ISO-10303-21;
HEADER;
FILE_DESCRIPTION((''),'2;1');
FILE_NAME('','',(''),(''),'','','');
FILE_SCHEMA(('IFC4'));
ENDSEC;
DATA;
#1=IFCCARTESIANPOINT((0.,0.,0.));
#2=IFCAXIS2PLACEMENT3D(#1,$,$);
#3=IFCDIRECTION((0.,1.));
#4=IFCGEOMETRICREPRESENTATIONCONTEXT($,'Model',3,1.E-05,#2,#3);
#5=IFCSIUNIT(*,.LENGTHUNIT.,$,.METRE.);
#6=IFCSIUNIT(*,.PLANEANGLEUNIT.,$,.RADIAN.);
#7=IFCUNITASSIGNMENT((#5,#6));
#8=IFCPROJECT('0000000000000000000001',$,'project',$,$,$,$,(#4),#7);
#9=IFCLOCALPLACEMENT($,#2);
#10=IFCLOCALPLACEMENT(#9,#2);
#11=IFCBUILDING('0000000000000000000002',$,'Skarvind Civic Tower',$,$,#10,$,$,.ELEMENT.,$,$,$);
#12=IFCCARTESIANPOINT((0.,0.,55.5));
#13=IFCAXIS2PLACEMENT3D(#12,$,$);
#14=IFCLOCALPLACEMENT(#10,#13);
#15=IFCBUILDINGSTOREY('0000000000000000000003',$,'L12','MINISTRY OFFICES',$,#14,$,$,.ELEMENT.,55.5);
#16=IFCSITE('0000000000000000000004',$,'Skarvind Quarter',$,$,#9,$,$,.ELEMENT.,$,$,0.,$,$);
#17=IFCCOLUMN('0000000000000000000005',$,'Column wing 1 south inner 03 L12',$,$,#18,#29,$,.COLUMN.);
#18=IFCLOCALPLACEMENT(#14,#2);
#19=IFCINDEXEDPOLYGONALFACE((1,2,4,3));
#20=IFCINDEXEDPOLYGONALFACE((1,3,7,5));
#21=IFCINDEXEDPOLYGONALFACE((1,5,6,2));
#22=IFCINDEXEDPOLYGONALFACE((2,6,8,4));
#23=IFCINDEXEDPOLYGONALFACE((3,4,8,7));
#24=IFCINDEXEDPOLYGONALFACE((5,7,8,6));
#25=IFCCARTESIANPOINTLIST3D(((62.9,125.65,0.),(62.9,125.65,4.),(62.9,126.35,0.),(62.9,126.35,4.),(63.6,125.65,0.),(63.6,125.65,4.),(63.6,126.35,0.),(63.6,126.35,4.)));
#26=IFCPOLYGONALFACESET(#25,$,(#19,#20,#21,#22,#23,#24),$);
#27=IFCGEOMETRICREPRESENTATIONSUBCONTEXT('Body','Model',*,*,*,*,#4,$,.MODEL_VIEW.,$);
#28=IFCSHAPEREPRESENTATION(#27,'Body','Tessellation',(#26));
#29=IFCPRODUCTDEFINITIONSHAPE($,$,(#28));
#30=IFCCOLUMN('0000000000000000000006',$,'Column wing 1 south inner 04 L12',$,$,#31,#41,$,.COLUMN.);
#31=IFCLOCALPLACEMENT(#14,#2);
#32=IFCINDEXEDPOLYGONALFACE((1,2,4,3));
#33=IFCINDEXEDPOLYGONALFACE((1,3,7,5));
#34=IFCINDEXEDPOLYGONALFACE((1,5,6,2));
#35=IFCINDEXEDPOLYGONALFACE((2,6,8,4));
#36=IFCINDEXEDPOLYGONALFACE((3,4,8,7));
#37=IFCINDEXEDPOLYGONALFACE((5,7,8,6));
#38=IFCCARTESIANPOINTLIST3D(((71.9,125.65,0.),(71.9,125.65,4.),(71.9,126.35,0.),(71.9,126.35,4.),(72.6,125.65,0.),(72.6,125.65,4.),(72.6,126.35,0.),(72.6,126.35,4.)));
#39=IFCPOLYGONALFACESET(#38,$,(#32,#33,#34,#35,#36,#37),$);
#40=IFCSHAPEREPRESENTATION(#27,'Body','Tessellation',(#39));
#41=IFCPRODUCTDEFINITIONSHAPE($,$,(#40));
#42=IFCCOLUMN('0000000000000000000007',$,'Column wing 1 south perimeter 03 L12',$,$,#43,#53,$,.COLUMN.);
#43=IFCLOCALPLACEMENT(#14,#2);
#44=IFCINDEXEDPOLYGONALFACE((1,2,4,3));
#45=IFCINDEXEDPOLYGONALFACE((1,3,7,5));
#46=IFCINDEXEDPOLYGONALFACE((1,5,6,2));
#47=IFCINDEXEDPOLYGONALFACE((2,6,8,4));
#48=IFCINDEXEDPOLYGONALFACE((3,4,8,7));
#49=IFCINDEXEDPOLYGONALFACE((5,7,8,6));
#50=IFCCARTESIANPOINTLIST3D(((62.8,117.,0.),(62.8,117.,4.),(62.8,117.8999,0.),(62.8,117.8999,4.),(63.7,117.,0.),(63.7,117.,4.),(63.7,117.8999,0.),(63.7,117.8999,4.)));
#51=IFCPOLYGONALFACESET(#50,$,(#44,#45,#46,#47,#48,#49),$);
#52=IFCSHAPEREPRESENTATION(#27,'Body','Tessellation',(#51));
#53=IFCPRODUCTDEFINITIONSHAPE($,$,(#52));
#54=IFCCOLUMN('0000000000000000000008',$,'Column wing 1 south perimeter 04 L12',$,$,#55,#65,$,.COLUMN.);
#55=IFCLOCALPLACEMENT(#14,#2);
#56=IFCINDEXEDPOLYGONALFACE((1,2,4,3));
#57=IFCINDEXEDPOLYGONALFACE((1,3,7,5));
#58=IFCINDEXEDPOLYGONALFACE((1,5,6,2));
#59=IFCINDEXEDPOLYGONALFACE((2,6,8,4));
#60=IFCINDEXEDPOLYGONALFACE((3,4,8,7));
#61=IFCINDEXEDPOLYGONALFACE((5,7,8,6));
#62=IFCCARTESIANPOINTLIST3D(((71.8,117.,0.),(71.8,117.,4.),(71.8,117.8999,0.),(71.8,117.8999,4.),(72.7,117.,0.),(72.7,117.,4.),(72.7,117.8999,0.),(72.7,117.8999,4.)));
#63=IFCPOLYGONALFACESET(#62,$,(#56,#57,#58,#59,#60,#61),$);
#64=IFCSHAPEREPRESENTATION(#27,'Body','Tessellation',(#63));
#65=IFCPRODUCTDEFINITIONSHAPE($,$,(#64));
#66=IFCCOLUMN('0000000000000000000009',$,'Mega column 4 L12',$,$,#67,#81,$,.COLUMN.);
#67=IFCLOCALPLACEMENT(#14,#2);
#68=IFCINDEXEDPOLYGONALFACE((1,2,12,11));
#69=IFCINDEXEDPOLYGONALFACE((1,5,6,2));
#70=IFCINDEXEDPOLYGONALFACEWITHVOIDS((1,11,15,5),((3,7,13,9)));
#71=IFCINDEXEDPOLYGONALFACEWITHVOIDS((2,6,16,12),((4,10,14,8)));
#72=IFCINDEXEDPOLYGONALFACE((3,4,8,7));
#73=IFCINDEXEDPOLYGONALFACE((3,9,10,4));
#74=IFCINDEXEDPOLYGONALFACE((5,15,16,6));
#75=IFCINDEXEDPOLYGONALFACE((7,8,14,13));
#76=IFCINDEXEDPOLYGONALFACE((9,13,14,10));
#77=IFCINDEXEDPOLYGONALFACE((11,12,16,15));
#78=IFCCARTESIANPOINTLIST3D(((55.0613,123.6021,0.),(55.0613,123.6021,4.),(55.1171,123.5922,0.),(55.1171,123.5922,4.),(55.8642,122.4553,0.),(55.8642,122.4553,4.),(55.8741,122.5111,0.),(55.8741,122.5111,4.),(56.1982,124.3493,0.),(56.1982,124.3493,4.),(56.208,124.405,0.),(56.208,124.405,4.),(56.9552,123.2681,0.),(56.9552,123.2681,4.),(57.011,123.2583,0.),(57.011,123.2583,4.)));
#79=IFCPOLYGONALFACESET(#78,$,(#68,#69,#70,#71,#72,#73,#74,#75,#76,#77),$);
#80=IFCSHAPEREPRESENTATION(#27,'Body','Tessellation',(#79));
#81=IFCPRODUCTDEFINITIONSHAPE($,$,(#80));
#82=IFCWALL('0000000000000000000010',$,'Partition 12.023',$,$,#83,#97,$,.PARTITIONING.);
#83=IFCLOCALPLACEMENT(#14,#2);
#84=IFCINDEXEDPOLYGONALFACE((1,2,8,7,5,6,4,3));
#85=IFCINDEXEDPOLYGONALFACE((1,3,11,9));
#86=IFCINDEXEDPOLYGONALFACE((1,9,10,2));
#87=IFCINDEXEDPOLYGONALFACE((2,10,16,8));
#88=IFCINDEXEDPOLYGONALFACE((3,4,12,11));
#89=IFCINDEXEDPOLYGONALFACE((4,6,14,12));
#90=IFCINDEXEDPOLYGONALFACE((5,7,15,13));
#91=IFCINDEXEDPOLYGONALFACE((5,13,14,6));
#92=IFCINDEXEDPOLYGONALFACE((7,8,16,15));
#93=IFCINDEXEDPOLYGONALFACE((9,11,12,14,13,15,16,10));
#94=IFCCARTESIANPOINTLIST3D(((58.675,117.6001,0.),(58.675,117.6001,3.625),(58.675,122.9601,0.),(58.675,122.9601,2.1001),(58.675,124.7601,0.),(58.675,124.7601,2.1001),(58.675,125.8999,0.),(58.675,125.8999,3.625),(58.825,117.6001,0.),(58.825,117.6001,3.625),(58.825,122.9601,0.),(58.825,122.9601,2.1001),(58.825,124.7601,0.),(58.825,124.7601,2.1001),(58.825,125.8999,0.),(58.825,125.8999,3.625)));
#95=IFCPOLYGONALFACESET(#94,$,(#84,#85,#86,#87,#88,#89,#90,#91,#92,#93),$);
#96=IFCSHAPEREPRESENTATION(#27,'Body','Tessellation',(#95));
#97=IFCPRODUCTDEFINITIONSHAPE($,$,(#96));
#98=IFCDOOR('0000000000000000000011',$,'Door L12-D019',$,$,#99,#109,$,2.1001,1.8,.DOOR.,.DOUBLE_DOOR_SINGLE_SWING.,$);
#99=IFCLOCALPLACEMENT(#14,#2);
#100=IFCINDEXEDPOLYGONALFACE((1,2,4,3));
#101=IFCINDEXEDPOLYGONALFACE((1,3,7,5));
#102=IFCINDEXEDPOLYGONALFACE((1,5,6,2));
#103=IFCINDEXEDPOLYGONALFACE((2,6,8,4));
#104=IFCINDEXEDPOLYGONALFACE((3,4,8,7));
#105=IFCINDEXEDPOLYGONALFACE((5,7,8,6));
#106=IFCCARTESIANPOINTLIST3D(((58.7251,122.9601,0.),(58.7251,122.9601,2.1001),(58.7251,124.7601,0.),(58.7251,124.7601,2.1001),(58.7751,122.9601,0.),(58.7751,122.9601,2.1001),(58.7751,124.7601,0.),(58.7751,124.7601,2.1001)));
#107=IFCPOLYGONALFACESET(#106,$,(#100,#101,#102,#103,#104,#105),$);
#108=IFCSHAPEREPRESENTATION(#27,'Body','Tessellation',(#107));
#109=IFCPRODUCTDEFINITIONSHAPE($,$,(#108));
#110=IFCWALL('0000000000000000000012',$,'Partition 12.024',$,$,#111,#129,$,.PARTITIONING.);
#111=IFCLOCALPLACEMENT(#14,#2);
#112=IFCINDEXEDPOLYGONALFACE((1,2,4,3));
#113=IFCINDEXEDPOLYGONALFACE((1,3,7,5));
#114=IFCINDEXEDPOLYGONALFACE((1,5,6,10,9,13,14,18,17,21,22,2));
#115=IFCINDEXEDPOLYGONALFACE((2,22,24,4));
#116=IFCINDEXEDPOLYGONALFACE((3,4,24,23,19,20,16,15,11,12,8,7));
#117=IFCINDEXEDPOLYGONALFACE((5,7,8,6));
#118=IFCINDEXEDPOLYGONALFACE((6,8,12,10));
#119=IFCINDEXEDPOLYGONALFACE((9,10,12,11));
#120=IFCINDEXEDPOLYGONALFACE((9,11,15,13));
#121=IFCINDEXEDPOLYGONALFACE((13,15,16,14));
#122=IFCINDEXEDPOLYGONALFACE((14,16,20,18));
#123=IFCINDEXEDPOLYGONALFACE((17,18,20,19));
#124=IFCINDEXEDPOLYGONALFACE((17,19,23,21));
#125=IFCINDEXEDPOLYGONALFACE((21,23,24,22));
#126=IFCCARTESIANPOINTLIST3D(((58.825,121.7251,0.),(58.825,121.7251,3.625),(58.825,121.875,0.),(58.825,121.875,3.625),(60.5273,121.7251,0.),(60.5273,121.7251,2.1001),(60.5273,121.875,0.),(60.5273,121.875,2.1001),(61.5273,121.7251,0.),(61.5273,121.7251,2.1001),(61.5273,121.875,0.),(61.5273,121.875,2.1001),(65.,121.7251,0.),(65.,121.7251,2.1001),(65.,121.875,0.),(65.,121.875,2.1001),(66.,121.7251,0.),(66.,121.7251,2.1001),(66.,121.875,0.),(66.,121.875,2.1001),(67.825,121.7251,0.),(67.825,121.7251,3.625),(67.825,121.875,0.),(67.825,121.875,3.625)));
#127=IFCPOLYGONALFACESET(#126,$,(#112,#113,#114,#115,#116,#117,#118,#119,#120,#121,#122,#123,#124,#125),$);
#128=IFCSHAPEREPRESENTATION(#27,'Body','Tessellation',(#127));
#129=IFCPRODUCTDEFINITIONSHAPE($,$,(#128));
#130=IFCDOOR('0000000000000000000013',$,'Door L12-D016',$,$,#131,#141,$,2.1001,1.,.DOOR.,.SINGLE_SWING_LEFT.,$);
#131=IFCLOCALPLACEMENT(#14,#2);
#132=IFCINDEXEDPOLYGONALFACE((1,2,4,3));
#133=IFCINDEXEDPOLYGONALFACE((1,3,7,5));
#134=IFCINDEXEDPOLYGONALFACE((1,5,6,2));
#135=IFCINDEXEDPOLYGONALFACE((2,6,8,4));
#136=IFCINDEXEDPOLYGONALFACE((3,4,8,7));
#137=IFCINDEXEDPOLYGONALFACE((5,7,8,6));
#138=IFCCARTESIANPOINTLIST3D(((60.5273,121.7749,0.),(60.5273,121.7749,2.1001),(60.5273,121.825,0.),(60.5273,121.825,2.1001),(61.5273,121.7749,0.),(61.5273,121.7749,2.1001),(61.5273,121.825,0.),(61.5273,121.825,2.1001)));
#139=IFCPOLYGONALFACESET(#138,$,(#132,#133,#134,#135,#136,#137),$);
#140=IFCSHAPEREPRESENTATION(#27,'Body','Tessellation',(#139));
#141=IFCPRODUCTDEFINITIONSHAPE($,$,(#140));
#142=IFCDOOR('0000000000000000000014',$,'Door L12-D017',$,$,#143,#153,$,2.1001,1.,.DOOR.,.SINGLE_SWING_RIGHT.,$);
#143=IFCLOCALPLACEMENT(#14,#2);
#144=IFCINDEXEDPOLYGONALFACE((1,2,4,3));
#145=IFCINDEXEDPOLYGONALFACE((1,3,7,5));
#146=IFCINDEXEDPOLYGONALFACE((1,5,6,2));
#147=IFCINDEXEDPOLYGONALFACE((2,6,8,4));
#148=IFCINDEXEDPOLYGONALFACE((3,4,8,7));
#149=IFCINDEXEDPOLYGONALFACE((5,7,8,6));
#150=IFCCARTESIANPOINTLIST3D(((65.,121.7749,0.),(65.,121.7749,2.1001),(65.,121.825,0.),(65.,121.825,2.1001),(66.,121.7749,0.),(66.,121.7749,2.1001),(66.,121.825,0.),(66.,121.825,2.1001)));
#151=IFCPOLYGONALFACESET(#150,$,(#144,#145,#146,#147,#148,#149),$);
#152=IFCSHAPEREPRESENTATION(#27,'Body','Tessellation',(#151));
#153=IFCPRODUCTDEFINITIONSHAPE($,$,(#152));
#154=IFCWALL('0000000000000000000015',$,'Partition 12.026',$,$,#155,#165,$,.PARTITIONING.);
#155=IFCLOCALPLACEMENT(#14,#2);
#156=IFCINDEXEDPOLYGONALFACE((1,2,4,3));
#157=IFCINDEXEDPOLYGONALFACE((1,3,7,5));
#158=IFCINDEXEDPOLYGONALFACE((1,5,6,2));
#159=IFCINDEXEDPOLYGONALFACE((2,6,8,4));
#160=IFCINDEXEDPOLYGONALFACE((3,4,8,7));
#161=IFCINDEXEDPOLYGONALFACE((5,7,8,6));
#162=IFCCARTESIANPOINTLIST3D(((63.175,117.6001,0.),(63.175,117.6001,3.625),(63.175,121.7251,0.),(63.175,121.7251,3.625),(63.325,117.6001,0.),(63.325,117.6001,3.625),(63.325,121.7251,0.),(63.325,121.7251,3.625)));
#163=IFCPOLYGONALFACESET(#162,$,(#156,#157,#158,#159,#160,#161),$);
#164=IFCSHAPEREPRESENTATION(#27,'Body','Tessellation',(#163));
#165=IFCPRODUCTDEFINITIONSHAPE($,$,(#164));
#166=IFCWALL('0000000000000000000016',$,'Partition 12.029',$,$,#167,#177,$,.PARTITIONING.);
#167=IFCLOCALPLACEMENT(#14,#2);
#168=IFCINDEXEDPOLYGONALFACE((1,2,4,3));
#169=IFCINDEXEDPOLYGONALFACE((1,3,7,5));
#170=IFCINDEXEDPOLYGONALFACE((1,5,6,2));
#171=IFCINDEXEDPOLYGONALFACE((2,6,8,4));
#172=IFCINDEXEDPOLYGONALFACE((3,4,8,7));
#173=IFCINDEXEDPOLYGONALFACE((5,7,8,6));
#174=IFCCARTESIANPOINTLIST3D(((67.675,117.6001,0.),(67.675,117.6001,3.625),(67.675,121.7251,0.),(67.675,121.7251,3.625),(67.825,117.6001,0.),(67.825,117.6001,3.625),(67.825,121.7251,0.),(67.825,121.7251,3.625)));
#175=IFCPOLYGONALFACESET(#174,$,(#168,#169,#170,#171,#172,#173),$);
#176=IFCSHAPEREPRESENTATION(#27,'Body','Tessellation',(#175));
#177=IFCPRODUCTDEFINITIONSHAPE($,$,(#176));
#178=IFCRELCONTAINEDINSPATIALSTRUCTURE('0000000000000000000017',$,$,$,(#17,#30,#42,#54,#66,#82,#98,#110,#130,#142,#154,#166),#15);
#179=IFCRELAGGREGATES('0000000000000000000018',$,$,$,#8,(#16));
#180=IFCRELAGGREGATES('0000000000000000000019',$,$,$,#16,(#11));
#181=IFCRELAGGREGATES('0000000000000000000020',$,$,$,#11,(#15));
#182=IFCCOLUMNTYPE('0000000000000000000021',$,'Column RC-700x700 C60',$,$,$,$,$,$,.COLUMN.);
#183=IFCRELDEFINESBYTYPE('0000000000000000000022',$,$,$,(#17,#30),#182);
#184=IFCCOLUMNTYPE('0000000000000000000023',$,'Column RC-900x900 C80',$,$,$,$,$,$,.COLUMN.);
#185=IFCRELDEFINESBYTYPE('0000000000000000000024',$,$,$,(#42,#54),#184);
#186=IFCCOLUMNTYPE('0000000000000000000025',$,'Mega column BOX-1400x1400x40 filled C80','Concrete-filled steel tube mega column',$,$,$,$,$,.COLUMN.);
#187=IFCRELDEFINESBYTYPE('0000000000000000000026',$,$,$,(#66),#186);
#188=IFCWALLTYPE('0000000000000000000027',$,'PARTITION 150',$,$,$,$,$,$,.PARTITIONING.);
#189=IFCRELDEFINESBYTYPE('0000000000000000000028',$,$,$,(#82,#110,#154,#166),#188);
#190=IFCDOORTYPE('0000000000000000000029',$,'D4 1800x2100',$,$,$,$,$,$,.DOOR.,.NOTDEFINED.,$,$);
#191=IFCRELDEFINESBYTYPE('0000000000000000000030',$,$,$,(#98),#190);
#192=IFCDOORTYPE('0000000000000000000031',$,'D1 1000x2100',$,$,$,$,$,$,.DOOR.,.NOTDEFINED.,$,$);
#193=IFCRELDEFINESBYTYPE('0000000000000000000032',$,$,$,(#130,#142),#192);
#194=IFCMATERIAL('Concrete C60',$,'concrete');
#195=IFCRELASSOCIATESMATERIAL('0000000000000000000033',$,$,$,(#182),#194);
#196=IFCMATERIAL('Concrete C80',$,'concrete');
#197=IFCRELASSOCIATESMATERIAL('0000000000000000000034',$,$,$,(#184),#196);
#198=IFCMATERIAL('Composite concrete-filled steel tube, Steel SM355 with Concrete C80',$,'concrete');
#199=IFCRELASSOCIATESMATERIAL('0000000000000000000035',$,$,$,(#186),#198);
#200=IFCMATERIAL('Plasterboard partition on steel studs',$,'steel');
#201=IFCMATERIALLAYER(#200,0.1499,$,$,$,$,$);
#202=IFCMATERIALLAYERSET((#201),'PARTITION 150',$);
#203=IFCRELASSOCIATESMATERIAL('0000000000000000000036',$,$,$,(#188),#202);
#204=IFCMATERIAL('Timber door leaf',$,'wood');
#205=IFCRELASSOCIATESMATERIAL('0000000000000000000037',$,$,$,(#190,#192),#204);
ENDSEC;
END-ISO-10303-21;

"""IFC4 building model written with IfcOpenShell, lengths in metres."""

from ifc_helpers import new_model, si_unit, direction, frame, frame_2d, origin, origin_2d, place, context, subcontext, project, spatial, rectangle, hollow_rectangle, extrude, material, layer, layer_set, material_profile, profile_set, type_object, element, fill, save


model = new_model("IFC4")

# Units and contexts
model_context = context("Model", 3, precision=1e-05, world=origin(), true_north=direction((0.0, 1.0)))
body_context = subcontext(model_context, "Body", "Model", "MODEL_VIEW")
ifc_project = project(units=[si_unit("LENGTHUNIT", "METRE"), si_unit("PLANEANGLEUNIT", "RADIAN")], contexts=[model_context])

# Site, building, storey
site_placement = place(None, origin())
site = spatial("IfcSite", under=ifc_project, at=site_placement, Name="Skarvind Quarter", CompositionType="ELEMENT", RefElevation=0.0)
building_placement = place(site_placement, origin())
building = spatial("IfcBuilding", under=site, at=building_placement, Name="Skarvind Civic Tower", CompositionType="ELEMENT")
storey_placement = place(building_placement, frame((0.0, 0.0, 55.5)))
storey = spatial("IfcBuildingStorey", under=building, at=storey_placement, Name="L12", Description="MINISTRY OFFICES", CompositionType="ELEMENT", Elevation=55.5)

# Columns
ifc_material_1 = material(Name="Concrete C60", Category="concrete")
ifc_material_profile_1 = material_profile(ifc_material_1, rectangle(XDim=0.7, YDim=0.7, at=origin_2d()), Name="RC-700x700")
ifc_profile_set_1 = profile_set([ifc_material_profile_1], Name="Concrete C60")
column_type_1 = type_object("IfcColumnType", Name="Column RC-700x700 C60", PredefinedType="COLUMN", material=ifc_profile_set_1)
for number, where, z_axis, x_axis, name in (
    (1, (63.25, 126.0, 0.0), (0.0, 0.0, 1.0), (1.0, 0.0, 0.0), "Column wing 1 south inner 03 L12"),
    (2, (72.25, 126.0, 0.0), (0.0, 0.0, 1.0), (1.0, 0.0, 0.0), "Column wing 1 south inner 04 L12"),
):
    element("IfcColumn", number, at=place(storey_placement, frame(where, z_axis=z_axis, x_axis=x_axis)), inside=storey, type_object=column_type_1, Name=name, PredefinedType="COLUMN", context=body_context, shape_type="SweptSolid", body=[
        extrude(rectangle(XDim=0.7, YDim=0.7, at=origin_2d()), origin(), (0.0, 0.0, 1.0), 4.0),
    ])
ifc_material_2 = material(Name="Concrete C80", Category="concrete")
ifc_material_profile_2 = material_profile(ifc_material_2, rectangle(XDim=0.8999, YDim=0.8999, at=origin_2d()), Name="RC-900x900")
ifc_profile_set_2 = profile_set([ifc_material_profile_2], Name="Concrete C80")
column_type_2 = type_object("IfcColumnType", Name="Column RC-900x900 C80", PredefinedType="COLUMN", material=ifc_profile_set_2)
for number, where, z_axis, x_axis, name in (
    (3, (63.25, 117.45, 0.0), (0.0, 0.0, 1.0), (1.0, 0.0, 0.0), "Column wing 1 south perimeter 03 L12"),
    (4, (72.25, 117.45, 0.0), (0.0, 0.0, 1.0), (1.0, 0.0, 0.0), "Column wing 1 south perimeter 04 L12"),
):
    element("IfcColumn", number, at=place(storey_placement, frame(where, z_axis=z_axis, x_axis=x_axis)), inside=storey, type_object=column_type_2, Name=name, PredefinedType="COLUMN", context=body_context, shape_type="SweptSolid", body=[
        extrude(rectangle(XDim=0.8999, YDim=0.8999, at=origin_2d()), origin(), (0.0, 0.0, 1.0), 4.0),
    ])
ifc_material_3 = material(Name="Composite concrete-filled steel tube, Steel SM355 with Concrete C80", Category="concrete")
ifc_material_profile_3 = material_profile(ifc_material_3, hollow_rectangle(XDim=1.3999, YDim=1.3999, WallThickness=0.04, at=origin_2d()), Name="BOX-1400x1400x40")
ifc_profile_set_3 = profile_set([ifc_material_profile_3], Name="Composite concrete-filled steel tube, Steel SM355 with Concrete C80")
column_type_3 = type_object("IfcColumnType", Name="Mega column BOX-1400x1400x40 filled C80", Description="Concrete-filled steel tube mega column", PredefinedType="COLUMN", material=ifc_profile_set_3)
column_placement = place(storey_placement, frame((56.0361, 123.4302, 0.0), z_axis=(0.0, 0.0, 1.0), x_axis=(0.573576, -0.819152, 0.0)))
element("IfcColumn", 5, at=column_placement, inside=storey, type_object=column_type_3, Name="Mega column 4 L12", PredefinedType="COLUMN", context=body_context, shape_type="SweptSolid", body=[
    extrude(hollow_rectangle(XDim=1.3999, YDim=1.3999, WallThickness=0.04, at=origin_2d()), origin(), (0.0, 0.0, 1.0), 4.0),
])

# Wall, opening, door
ifc_material_4 = material(Name="Plasterboard partition on steel studs", Category="steel")
ifc_layer_1 = layer(ifc_material_4, 0.1499)
ifc_layer_set_1 = layer_set([ifc_layer_1], Name="PARTITION 150")
wall_type_1 = type_object("IfcWallType", Name="PARTITION 150", PredefinedType="PARTITIONING", material=ifc_layer_set_1)
wall_1_placement = place(storey_placement, frame((58.75, 117.6001, 0.0), z_axis=(0.0, 0.0, 1.0), x_axis=(0.0, 1.0, 0.0)))
wall_1 = element("IfcWall", 6, at=wall_1_placement, inside=storey, type_object=wall_type_1, Name="Partition 12.023", PredefinedType="PARTITIONING", context=body_context, shape_type="SweptSolid", body=[
    extrude(rectangle(XDim=8.2998, YDim=0.1499, at=frame_2d((4.1499, 0.0))), origin(), (0.0, 0.0, 1.0), 3.625),
])
opening_1_placement = place(wall_1_placement, frame((5.3601, 0.0, 0.0)))
opening_1 = element("IfcOpeningElement", 7, at=opening_1_placement, cuts=wall_1, PredefinedType="OPENING", context=body_context, shape_type="SweptSolid", body=[
    extrude(rectangle(XDim=1.8, YDim=2.1001, at=frame_2d((0.8999, 1.05))), frame((0.0, 0.085, 0.0), z_axis=(0.0, -1.0, 0.0), x_axis=(1.0, 0.0, 0.0)), (0.0, 0.0, 1.0), 0.1699),
])
ifc_material_5 = material(Name="Timber door leaf", Category="wood")
door_type_1 = type_object("IfcDoorType", Name="D4 1800x2100", OperationType="NOTDEFINED", PredefinedType="DOOR", material=ifc_material_5)
door_1_placement = place(opening_1_placement, origin())
door_1 = element("IfcDoor", 8, at=door_1_placement, inside=storey, type_object=door_type_1, Name="Door L12-D019", OperationType="DOUBLE_DOOR_SINGLE_SWING", OverallHeight=2.1001, OverallWidth=1.8, PredefinedType="DOOR", context=body_context, shape_type="SweptSolid", body=[
    extrude(rectangle(XDim=1.8, YDim=2.1001, at=frame_2d((0.8999, 1.05))), frame((0.0, 0.0249, 0.0), z_axis=(0.0, -1.0, 0.0), x_axis=(1.0, 0.0, 0.0)), (0.0, 0.0, 1.0), 0.05),
])
fill(opening_1, door_1)

# Wall, openings, doors
wall_2_placement = place(storey_placement, frame((58.825, 121.8, 0.0), z_axis=(0.0, 0.0, 1.0), x_axis=(1.0, 0.0, 0.0)))
wall_2 = element("IfcWall", 9, at=wall_2_placement, inside=storey, type_object=wall_type_1, Name="Partition 12.024", PredefinedType="PARTITIONING", context=body_context, shape_type="SweptSolid", body=[
    extrude(rectangle(XDim=9.0, YDim=0.1499, at=frame_2d((4.5, 0.0))), origin(), (0.0, 0.0, 1.0), 3.625),
])
opening_2_placement = place(wall_2_placement, frame((1.7024, 0.0, 0.0)))
opening_2 = element("IfcOpeningElement", 10, at=opening_2_placement, cuts=wall_2, PredefinedType="OPENING", context=body_context, shape_type="SweptSolid", body=[
    extrude(rectangle(XDim=1.0, YDim=2.1001, at=frame_2d((0.5, 1.05))), frame((0.0, 0.085, 0.0), z_axis=(0.0, -1.0, 0.0), x_axis=(1.0, 0.0, 0.0)), (0.0, 0.0, 1.0), 0.1699),
])
opening_3_placement = place(wall_2_placement, frame((6.175, 0.0, 0.0)))
opening_3 = element("IfcOpeningElement", 11, at=opening_3_placement, cuts=wall_2, PredefinedType="OPENING", context=body_context, shape_type="SweptSolid", body=[
    extrude(rectangle(XDim=1.0, YDim=2.1001, at=frame_2d((0.5, 1.05))), frame((0.0, 0.085, 0.0), z_axis=(0.0, -1.0, 0.0), x_axis=(1.0, 0.0, 0.0)), (0.0, 0.0, 1.0), 0.1699),
])
door_type_2 = type_object("IfcDoorType", Name="D1 1000x2100", OperationType="NOTDEFINED", PredefinedType="DOOR", material=ifc_material_5)
door_2_placement = place(opening_2_placement, origin())
door_2 = element("IfcDoor", 12, at=door_2_placement, inside=storey, type_object=door_type_2, Name="Door L12-D016", OperationType="SINGLE_SWING_LEFT", OverallHeight=2.1001, OverallWidth=1.0, PredefinedType="DOOR", context=body_context, shape_type="SweptSolid", body=[
    extrude(rectangle(XDim=1.0, YDim=2.1001, at=frame_2d((0.5, 1.05))), frame((0.0, 0.0249, 0.0), z_axis=(0.0, -1.0, 0.0), x_axis=(1.0, 0.0, 0.0)), (0.0, 0.0, 1.0), 0.05),
])
fill(opening_2, door_2)
door_3_placement = place(opening_3_placement, origin())
door_3 = element("IfcDoor", 13, at=door_3_placement, inside=storey, type_object=door_type_2, Name="Door L12-D017", OperationType="SINGLE_SWING_RIGHT", OverallHeight=2.1001, OverallWidth=1.0, PredefinedType="DOOR", context=body_context, shape_type="SweptSolid", body=[
    extrude(rectangle(XDim=1.0, YDim=2.1001, at=frame_2d((0.5, 1.05))), frame((0.0, 0.0249, 0.0), z_axis=(0.0, -1.0, 0.0), x_axis=(1.0, 0.0, 0.0)), (0.0, 0.0, 1.0), 0.05),
])
fill(opening_3, door_3)

# Walls
for number, where, z_axis, x_axis, name in (
    (14, (63.25, 121.7251, 0.0), (0.0, 0.0, 1.0), (0.0, -1.0, 0.0), "Partition 12.026"),
    (15, (67.75, 117.6001, 0.0), (0.0, 0.0, 1.0), (0.0, 1.0, 0.0), "Partition 12.029"),
):
    element("IfcWall", number, at=place(storey_placement, frame(where, z_axis=z_axis, x_axis=x_axis)), inside=storey, type_object=wall_type_1, Name=name, PredefinedType="PARTITIONING", context=body_context, shape_type="SweptSolid", body=[
        extrude(rectangle(XDim=4.125, YDim=0.1499, at=frame_2d((2.0625, 0.0))), origin(), (0.0, 0.0, 1.0), 3.625),
    ])

save(model, "model.ifc")
